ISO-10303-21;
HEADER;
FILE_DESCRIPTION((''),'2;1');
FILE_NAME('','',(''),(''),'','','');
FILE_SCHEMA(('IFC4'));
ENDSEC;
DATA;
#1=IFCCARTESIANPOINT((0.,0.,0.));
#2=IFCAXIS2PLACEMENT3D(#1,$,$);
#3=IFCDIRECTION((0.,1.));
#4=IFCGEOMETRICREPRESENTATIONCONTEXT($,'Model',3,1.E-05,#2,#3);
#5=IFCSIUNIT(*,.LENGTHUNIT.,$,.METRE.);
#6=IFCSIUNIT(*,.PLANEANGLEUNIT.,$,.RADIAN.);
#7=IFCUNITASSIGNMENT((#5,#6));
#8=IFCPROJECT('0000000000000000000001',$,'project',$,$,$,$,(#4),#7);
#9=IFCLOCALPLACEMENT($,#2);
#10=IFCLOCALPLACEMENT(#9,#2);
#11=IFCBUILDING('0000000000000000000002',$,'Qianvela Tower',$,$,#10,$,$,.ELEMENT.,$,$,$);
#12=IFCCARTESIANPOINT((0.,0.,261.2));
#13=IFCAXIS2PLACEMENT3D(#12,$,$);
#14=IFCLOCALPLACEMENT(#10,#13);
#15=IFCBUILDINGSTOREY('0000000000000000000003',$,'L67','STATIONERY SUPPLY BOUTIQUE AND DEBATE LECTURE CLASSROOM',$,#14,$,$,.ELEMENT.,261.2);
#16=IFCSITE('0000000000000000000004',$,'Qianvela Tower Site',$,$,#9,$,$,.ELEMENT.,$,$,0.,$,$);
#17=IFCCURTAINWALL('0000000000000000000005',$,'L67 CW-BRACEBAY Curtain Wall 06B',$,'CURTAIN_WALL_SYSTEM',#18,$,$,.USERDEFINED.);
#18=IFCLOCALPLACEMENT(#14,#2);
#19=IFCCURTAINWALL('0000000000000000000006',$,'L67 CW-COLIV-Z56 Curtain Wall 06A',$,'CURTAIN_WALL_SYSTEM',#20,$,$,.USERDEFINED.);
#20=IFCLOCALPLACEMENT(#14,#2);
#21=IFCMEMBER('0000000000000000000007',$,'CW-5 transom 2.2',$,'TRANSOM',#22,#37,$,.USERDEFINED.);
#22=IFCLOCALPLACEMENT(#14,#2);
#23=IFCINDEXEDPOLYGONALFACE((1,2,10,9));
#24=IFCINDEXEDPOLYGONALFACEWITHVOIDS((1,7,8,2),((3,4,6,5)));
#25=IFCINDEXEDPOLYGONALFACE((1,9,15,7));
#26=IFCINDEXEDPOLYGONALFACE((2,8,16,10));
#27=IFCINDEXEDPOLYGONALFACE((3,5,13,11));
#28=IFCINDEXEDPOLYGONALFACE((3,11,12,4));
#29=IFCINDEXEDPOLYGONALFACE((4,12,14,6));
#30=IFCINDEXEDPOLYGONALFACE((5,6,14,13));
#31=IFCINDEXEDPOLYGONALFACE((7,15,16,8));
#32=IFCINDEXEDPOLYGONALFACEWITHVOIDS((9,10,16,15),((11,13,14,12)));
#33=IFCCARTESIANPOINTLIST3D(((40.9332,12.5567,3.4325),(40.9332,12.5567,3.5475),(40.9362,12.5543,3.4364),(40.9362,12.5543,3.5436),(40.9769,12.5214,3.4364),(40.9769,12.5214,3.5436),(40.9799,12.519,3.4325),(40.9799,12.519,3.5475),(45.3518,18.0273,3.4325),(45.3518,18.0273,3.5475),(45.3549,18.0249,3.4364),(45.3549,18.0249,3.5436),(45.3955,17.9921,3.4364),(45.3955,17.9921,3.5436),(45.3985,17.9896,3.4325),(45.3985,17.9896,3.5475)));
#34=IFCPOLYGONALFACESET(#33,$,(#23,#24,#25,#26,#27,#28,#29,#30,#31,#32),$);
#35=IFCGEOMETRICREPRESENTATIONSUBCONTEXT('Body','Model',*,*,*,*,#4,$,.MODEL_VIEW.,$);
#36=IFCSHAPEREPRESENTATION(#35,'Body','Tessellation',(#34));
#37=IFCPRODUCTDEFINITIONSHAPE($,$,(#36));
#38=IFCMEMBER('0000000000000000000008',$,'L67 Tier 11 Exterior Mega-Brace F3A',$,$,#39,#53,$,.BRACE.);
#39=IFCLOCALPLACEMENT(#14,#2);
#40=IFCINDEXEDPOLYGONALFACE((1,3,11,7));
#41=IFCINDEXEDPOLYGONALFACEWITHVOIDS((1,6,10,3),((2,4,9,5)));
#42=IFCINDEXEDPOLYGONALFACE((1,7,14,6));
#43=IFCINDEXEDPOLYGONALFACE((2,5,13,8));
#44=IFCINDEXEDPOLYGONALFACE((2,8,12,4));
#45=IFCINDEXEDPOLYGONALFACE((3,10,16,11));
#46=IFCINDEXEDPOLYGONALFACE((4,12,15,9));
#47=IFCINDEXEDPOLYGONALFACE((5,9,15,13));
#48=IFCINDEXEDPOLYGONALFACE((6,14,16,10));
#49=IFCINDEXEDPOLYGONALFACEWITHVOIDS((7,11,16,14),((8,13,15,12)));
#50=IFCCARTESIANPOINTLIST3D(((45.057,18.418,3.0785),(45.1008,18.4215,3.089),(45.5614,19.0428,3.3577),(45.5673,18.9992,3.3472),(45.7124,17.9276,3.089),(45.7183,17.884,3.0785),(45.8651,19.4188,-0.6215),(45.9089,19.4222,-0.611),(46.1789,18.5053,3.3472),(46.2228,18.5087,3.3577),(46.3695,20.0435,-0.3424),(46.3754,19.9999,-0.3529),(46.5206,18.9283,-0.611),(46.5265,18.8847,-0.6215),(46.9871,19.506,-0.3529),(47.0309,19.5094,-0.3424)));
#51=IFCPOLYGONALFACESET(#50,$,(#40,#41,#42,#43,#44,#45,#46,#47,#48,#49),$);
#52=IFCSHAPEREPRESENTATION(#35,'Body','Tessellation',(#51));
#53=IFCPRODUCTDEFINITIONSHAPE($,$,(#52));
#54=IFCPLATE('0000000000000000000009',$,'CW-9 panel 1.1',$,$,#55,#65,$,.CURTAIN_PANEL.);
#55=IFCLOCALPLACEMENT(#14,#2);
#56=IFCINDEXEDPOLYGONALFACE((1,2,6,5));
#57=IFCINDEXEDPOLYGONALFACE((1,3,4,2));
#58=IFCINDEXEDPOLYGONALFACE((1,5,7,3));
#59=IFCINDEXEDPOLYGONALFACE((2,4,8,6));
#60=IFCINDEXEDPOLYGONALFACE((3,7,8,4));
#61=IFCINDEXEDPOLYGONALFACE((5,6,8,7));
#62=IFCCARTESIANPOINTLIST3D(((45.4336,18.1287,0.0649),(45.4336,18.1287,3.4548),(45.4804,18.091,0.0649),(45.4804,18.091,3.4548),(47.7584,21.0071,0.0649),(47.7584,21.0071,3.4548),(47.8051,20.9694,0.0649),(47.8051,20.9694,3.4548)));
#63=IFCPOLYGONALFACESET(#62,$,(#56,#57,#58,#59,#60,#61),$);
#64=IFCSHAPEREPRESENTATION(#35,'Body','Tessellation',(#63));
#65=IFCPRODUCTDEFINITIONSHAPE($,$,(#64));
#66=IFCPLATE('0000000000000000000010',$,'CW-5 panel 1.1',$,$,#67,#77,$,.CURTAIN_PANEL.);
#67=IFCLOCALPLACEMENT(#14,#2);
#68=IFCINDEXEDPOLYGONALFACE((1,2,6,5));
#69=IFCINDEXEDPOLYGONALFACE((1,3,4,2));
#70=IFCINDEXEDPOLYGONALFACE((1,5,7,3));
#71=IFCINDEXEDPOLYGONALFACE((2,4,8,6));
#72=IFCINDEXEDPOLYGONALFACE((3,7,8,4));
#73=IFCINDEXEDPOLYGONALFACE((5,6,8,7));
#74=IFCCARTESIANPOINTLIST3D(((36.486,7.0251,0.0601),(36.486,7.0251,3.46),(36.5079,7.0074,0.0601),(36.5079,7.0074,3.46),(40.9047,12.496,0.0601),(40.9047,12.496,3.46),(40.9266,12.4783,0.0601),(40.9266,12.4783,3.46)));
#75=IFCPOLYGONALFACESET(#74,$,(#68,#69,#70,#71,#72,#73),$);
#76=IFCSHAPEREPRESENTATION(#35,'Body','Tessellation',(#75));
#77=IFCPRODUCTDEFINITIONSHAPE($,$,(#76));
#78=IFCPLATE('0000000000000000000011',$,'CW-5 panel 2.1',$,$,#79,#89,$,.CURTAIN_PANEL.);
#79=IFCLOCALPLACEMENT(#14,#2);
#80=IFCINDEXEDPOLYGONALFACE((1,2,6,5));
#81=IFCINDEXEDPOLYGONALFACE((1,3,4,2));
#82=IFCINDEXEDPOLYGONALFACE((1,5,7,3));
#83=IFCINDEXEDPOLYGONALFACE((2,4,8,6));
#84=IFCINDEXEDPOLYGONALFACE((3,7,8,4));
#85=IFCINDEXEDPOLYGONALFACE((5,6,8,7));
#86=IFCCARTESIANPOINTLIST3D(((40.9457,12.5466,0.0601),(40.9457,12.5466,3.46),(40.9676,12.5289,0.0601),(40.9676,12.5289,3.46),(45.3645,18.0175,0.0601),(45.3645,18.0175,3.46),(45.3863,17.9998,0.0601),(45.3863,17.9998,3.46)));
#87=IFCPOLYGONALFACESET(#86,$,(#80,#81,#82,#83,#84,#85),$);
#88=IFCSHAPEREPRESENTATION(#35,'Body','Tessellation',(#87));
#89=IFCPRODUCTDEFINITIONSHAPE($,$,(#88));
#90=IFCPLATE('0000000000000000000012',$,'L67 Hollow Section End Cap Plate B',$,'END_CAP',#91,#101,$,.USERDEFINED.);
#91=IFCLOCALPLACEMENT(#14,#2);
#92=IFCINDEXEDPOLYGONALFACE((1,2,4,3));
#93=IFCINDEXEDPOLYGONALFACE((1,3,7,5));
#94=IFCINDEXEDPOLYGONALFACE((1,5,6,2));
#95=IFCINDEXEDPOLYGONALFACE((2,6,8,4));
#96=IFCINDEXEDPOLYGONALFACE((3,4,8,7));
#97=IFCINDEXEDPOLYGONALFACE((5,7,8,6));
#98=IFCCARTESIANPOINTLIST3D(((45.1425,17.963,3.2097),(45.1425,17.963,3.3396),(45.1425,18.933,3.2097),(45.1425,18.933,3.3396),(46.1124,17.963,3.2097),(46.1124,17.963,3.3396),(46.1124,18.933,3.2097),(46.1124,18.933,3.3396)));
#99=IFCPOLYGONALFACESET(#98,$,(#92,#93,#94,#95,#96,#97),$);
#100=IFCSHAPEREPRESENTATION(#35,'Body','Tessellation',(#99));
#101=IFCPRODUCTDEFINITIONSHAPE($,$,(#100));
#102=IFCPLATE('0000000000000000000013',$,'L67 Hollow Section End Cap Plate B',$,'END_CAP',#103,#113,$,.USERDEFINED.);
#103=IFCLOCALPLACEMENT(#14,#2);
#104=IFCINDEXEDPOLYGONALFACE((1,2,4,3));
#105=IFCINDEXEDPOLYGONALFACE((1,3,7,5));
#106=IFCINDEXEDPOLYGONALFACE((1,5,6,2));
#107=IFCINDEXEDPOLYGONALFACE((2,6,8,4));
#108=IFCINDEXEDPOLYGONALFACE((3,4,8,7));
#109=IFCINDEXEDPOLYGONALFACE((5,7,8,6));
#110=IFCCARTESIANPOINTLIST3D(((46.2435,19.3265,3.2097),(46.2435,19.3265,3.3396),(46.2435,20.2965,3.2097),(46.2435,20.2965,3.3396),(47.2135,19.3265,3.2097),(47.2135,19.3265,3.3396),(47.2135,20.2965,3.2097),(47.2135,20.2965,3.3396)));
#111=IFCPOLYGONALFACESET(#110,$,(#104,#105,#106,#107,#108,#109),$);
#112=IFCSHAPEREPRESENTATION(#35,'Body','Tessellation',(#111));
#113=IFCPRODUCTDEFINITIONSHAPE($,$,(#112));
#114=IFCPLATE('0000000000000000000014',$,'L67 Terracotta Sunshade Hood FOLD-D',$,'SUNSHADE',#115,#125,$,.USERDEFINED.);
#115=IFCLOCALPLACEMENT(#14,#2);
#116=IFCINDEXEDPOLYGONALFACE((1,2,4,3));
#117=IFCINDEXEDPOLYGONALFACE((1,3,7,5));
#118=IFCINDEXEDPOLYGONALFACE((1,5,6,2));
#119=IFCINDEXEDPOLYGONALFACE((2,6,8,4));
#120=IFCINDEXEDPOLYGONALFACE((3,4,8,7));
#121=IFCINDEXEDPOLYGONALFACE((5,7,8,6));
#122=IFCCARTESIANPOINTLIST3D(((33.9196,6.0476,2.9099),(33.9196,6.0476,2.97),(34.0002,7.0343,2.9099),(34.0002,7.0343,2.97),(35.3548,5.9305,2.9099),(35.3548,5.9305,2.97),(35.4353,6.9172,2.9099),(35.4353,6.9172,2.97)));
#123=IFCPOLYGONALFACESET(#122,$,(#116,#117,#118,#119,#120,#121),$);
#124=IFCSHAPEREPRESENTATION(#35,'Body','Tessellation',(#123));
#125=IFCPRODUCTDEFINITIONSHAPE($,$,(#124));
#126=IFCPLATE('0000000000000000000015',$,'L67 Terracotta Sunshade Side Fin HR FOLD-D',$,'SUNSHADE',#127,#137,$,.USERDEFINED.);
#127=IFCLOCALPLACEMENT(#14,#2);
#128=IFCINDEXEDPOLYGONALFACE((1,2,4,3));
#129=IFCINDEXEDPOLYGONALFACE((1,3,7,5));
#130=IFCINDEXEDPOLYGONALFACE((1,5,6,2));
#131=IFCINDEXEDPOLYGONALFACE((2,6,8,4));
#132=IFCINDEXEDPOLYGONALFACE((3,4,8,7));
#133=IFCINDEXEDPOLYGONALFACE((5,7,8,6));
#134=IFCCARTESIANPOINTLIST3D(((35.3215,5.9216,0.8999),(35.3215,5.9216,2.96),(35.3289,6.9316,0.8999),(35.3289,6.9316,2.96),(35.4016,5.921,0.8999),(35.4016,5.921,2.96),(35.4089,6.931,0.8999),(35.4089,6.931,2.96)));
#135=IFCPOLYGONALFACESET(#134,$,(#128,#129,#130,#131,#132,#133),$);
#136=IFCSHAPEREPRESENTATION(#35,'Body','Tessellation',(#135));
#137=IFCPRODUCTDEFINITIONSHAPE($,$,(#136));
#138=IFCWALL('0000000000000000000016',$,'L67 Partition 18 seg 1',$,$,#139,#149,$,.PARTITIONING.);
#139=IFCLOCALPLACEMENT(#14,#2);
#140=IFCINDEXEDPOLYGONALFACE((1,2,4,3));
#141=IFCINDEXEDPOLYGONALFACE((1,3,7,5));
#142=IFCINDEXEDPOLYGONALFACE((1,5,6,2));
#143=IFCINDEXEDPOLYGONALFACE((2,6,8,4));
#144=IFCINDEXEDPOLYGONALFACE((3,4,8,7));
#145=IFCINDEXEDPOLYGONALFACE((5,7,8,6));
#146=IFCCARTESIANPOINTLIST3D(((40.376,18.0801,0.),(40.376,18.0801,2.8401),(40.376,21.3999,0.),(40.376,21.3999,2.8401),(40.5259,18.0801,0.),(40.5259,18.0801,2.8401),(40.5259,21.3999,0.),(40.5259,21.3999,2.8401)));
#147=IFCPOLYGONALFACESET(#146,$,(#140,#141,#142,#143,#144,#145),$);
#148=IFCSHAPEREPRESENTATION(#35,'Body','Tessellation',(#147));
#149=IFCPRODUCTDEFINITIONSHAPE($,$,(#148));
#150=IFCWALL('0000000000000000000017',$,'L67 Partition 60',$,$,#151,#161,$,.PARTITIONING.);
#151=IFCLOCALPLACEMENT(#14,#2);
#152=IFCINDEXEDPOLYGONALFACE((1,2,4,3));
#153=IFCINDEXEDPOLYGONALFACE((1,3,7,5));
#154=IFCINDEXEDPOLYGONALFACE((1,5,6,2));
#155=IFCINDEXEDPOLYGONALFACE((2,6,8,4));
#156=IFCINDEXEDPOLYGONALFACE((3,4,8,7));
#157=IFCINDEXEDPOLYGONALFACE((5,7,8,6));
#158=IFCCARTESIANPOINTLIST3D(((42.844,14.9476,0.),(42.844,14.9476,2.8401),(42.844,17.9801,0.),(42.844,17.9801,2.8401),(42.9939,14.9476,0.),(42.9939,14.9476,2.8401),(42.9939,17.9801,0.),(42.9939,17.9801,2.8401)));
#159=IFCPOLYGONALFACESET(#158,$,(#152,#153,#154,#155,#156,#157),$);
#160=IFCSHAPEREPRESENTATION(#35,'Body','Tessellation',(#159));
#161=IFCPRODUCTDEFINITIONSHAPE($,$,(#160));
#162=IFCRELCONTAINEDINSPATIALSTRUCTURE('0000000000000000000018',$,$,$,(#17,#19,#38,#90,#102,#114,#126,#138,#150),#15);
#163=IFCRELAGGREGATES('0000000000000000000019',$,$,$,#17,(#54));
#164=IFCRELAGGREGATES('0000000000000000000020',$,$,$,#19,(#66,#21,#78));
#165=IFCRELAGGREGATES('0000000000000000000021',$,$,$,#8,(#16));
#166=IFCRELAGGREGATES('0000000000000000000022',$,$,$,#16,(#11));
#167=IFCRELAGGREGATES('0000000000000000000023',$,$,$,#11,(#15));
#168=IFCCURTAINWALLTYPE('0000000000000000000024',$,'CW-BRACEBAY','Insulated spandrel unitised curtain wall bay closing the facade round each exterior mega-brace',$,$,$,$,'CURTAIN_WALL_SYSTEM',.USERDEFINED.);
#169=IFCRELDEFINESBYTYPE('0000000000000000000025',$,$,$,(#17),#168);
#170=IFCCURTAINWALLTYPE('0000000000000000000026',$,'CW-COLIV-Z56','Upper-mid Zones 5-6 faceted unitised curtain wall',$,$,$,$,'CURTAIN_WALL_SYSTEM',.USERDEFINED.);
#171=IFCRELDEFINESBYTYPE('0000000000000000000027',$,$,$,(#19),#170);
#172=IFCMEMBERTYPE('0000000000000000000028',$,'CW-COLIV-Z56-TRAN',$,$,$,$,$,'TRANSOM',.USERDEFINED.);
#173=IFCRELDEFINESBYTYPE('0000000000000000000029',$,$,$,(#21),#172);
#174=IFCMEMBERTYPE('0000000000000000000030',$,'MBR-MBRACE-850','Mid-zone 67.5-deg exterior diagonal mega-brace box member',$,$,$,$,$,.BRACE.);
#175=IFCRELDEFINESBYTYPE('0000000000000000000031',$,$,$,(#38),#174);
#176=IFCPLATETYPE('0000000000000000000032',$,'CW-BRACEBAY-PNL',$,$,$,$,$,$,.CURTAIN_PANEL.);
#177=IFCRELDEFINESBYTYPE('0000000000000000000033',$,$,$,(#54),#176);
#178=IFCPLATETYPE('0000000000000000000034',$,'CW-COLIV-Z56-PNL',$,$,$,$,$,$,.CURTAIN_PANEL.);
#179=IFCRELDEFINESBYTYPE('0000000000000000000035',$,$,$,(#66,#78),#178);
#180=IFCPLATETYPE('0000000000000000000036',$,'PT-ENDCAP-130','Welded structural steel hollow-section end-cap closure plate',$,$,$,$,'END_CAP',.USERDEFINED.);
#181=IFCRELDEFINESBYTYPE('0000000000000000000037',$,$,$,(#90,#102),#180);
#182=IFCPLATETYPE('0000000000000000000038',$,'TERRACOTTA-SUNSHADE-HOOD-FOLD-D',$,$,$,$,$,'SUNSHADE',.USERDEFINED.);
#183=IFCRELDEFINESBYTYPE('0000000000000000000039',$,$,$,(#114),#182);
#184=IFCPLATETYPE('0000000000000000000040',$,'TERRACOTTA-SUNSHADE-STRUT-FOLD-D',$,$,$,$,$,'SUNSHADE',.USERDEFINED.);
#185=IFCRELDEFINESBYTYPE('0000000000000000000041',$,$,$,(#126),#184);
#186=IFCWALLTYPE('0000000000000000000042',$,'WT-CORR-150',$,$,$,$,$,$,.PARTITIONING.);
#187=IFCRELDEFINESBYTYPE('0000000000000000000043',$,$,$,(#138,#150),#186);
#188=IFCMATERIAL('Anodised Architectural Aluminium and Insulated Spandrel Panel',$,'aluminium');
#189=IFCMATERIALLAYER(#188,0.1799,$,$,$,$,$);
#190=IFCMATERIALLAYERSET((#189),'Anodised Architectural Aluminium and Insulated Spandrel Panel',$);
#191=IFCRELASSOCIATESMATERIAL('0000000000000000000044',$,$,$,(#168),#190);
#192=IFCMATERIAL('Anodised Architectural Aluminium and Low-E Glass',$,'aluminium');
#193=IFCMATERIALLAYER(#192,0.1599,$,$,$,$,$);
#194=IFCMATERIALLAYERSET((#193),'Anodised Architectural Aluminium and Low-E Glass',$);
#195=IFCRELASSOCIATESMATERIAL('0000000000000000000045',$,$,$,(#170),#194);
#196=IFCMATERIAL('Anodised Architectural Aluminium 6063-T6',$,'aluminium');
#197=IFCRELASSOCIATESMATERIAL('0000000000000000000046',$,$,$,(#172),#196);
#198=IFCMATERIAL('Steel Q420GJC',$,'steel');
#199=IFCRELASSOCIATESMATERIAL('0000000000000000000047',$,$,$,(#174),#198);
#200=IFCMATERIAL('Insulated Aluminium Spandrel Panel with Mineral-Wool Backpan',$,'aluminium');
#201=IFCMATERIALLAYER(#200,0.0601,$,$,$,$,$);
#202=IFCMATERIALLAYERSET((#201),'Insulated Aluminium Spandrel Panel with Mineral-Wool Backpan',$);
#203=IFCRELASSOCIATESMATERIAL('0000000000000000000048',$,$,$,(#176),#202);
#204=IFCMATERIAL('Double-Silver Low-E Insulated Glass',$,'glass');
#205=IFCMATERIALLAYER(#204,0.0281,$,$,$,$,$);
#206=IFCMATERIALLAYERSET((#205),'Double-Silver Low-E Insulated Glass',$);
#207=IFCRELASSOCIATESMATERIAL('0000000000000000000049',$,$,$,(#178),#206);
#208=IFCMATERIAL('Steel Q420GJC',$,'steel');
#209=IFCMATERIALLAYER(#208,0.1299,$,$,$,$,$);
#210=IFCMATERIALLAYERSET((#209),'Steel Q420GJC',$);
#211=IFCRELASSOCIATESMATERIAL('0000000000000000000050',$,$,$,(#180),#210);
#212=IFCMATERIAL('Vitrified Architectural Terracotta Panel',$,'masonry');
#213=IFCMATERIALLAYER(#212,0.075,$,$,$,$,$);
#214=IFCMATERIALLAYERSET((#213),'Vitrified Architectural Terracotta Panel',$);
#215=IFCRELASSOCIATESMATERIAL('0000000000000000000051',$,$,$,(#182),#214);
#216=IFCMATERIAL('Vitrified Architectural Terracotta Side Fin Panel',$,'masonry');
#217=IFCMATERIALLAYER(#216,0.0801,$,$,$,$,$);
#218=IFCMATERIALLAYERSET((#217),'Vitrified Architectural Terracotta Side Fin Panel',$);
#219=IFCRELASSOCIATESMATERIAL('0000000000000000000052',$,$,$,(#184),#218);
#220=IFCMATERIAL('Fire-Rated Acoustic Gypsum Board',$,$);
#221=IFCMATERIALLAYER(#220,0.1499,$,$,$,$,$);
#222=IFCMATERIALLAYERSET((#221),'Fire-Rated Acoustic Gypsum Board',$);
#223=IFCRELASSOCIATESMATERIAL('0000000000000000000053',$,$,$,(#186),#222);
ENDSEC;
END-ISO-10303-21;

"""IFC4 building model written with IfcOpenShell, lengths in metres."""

from ifc_helpers import new_model, si_unit, direction, frame, frame_2d, origin, origin_2d, place, context, subcontext, project, spatial, rectangle, hollow_rectangle, extrude, material, layer, layer_set, material_profile, profile_set, type_object, element, aggregate, save


model = new_model("IFC4")

# Units and contexts
model_context = context("Model", 3, precision=1e-05, world=origin(), true_north=direction((0.0, 1.0)))
body_context = subcontext(model_context, "Body", "Model", "MODEL_VIEW")
ifc_project = project(units=[si_unit("LENGTHUNIT", "METRE"), si_unit("PLANEANGLEUNIT", "RADIAN")], contexts=[model_context])

# Site, building, storey
site_placement = place(None, origin())
site = spatial("IfcSite", under=ifc_project, at=site_placement, Name="Qianvela Tower Site", CompositionType="ELEMENT", RefElevation=0.0)
building_placement = place(site_placement, origin())
building = spatial("IfcBuilding", under=site, at=building_placement, Name="Qianvela Tower", CompositionType="ELEMENT")
storey_placement = place(building_placement, frame((0.0, 0.0, 261.2)))
storey = spatial("IfcBuildingStorey", under=building, at=storey_placement, Name="L67", Description="STATIONERY SUPPLY BOUTIQUE AND DEBATE LECTURE CLASSROOM", CompositionType="ELEMENT", Elevation=261.2)

# Curtain walls, member
ifc_material_1 = material(Name="Anodised Architectural Aluminium and Insulated Spandrel Panel", Category="aluminium")
ifc_layer_1 = layer(ifc_material_1, 0.1799)
ifc_layer_set_1 = layer_set([ifc_layer_1], Name="Anodised Architectural Aluminium and Insulated Spandrel Panel")
curtain_wall_type_1 = type_object("IfcCurtainWallType", Name="CW-BRACEBAY", Description="Insulated spandrel unitised curtain wall bay closing the facade round each exterior mega-brace", ElementType="CURTAIN_WALL_SYSTEM", PredefinedType="USERDEFINED", material=ifc_layer_set_1)
curtain_wall_1_placement = place(storey_placement, origin())
curtain_wall_1 = element("IfcCurtainWall", 1, at=curtain_wall_1_placement, inside=storey, type_object=curtain_wall_type_1, Name="L67 CW-BRACEBAY Curtain Wall 06B", ObjectType="CURTAIN_WALL_SYSTEM", PredefinedType="USERDEFINED")
ifc_material_2 = material(Name="Anodised Architectural Aluminium and Low-E Glass", Category="aluminium")
ifc_layer_2 = layer(ifc_material_2, 0.1599)
ifc_layer_set_2 = layer_set([ifc_layer_2], Name="Anodised Architectural Aluminium and Low-E Glass")
curtain_wall_type_2 = type_object("IfcCurtainWallType", Name="CW-COLIV-Z56", Description="Upper-mid Zones 5-6 faceted unitised curtain wall", ElementType="CURTAIN_WALL_SYSTEM", PredefinedType="USERDEFINED", material=ifc_layer_set_2)
curtain_wall_2_placement = place(storey_placement, origin())
curtain_wall_2 = element("IfcCurtainWall", 2, at=curtain_wall_2_placement, inside=storey, type_object=curtain_wall_type_2, Name="L67 CW-COLIV-Z56 Curtain Wall 06A", ObjectType="CURTAIN_WALL_SYSTEM", PredefinedType="USERDEFINED")
ifc_material_3 = material(Name="Anodised Architectural Aluminium 6063-T6", Category="aluminium")
ifc_material_profile_1 = material_profile(ifc_material_3, hollow_rectangle(XDim=0.0601, YDim=0.115, WallThickness=0.0039, at=origin_2d()), Name="ALU-TRAN-60x115")
ifc_profile_set_1 = profile_set([ifc_material_profile_1], Name="Anodised Architectural Aluminium 6063-T6")
member_type_1 = type_object("IfcMemberType", Name="CW-COLIV-Z56-TRAN", ElementType="TRANSOM", PredefinedType="USERDEFINED", material=ifc_profile_set_1)
member_1_placement = place(storey_placement, frame((40.9565, 12.5378, 3.49), z_axis=(0.628342, 0.777937, 0.0), x_axis=(-0.777937, 0.628342, 0.0)))
member_1 = element("IfcMember", 3, at=member_1_placement, type_object=member_type_1, Name="CW-5 transom 2.2", ObjectType="TRANSOM", PredefinedType="USERDEFINED", context=body_context, shape_type="SweptSolid", body=[
    extrude(hollow_rectangle(XDim=0.0601, YDim=0.115, WallThickness=0.0039, at=origin_2d()), origin(), (0.0, 0.0, 1.0), 7.0322),
])

# Member
ifc_material_4 = material(Name="Steel Q420GJC", Category="steel")
ifc_material_profile_2 = material_profile(ifc_material_4, hollow_rectangle(XDim=0.8501, YDim=0.8501, WallThickness=0.032, at=origin_2d()), Name="MBOX-850x850x32")
ifc_profile_set_2 = profile_set([ifc_material_profile_2], Name="Steel Q420GJC")
member_type_2 = type_object("IfcMemberType", Name="MBR-MBRACE-850", Description="Mid-zone 67.5-deg exterior diagonal mega-brace box member", PredefinedType="BRACE", material=ifc_profile_set_2)
member_2_placement = place(storey_placement, frame((46.448, 19.4641, -0.4819), z_axis=(-0.206299, -0.255474, 0.94455), x_axis=(0.778009, -0.628253, 0.0)))
element("IfcMember", 4, at=member_2_placement, inside=storey, type_object=member_type_2, Name="L67 Tier 11 Exterior Mega-Brace F3A", PredefinedType="BRACE", context=body_context, shape_type="SweptSolid", body=[
    extrude(hollow_rectangle(XDim=0.8501, YDim=0.8501, WallThickness=0.032, at=origin_2d()), origin(), (0.0, 0.0, 1.0), 3.9172),
])

# Plates
ifc_material_5 = material(Name="Insulated Aluminium Spandrel Panel with Mineral-Wool Backpan", Category="aluminium")
ifc_layer_3 = layer(ifc_material_5, 0.0601)
ifc_layer_set_3 = layer_set([ifc_layer_3], Name="Insulated Aluminium Spandrel Panel with Mineral-Wool Backpan")
plate_type_1 = type_object("IfcPlateType", Name="CW-BRACEBAY-PNL", PredefinedType="CURTAIN_PANEL", material=ifc_layer_set_3)
plate_1_placement = place(storey_placement, frame((46.6194, 19.5491, 0.0649), z_axis=(0.0, 0.0, 1.0), x_axis=(0.628321, 0.777954, 0.0)))
plate_1 = element("IfcPlate", 5, at=plate_1_placement, type_object=plate_type_1, Name="CW-9 panel 1.1", PredefinedType="CURTAIN_PANEL", context=body_context, shape_type="SweptSolid", body=[
    extrude(rectangle(XDim=3.7, YDim=0.0601, at=origin_2d()), origin(), (0.0, 0.0, 1.0), 3.3899),
])
aggregate(curtain_wall_1, [plate_1])
ifc_material_6 = material(Name="Double-Silver Low-E Insulated Glass", Category="glass")
ifc_layer_4 = layer(ifc_material_6, 0.0281)
ifc_layer_set_4 = layer_set([ifc_layer_4], Name="Double-Silver Low-E Insulated Glass")
plate_type_2 = type_object("IfcPlateType", Name="CW-COLIV-Z56-PNL", PredefinedType="CURTAIN_PANEL", material=ifc_layer_set_4)
plate_2_placement = place(storey_placement, frame((38.7063, 9.7517, 0.0601), z_axis=(0.0, 0.0, 1.0), x_axis=(0.628331, 0.777946, 0.0)))
plate_2 = element("IfcPlate", 6, at=plate_2_placement, type_object=plate_type_2, Name="CW-5 panel 1.1", PredefinedType="CURTAIN_PANEL", context=body_context, shape_type="SweptSolid", body=[
    extrude(rectangle(XDim=7.0325, YDim=0.0281, at=origin_2d()), origin(), (0.0, 0.0, 1.0), 3.3999),
])
plate_3_placement = place(storey_placement, frame((43.166, 15.2732, 0.0601), z_axis=(0.0, 0.0, 1.0), x_axis=(0.628331, 0.777946, 0.0)))
plate_3 = element("IfcPlate", 7, at=plate_3_placement, type_object=plate_type_2, Name="CW-5 panel 2.1", PredefinedType="CURTAIN_PANEL", context=body_context, shape_type="SweptSolid", body=[
    extrude(rectangle(XDim=7.0325, YDim=0.0281, at=origin_2d()), origin(), (0.0, 0.0, 1.0), 3.3999),
])
aggregate(curtain_wall_2, [plate_2, member_1, plate_3])

# Plates
ifc_material_7 = material(Name="Steel Q420GJC", Category="steel")
ifc_layer_5 = layer(ifc_material_7, 0.1299)
ifc_layer_set_5 = layer_set([ifc_layer_5], Name="Steel Q420GJC")
plate_type_3 = type_object("IfcPlateType", Name="PT-ENDCAP-130", Description="Welded structural steel hollow-section end-cap closure plate", ElementType="END_CAP", PredefinedType="USERDEFINED", material=ifc_layer_set_5)
for number, where, z_axis, x_axis, name in (
    (8, (45.6274, 18.448, 3.2097), (0.0, 0.0, 1.0), (1.0, 0.0, 0.0), "L67 Hollow Section End Cap Plate B"),
    (9, (46.7285, 19.8115, 3.2097), (0.0, 0.0, 1.0), (1.0, 0.0, 0.0), "L67 Hollow Section End Cap Plate B"),
):
    element("IfcPlate", number, at=place(storey_placement, frame(where, z_axis=z_axis, x_axis=x_axis)), inside=storey, type_object=plate_type_3, Name=name, ObjectType="END_CAP", PredefinedType="USERDEFINED", context=body_context, shape_type="SweptSolid", body=[
        extrude(rectangle(XDim=0.97, YDim=0.97, at=origin_2d()), origin(), (0.0, 0.0, 1.0), 0.1299),
    ])
ifc_material_8 = material(Name="Vitrified Architectural Terracotta Panel", Category="masonry")
ifc_layer_6 = layer(ifc_material_8, 0.075)
ifc_layer_set_6 = layer_set([ifc_layer_6], Name="Vitrified Architectural Terracotta Panel")
plate_type_4 = type_object("IfcPlateType", Name="TERRACOTTA-SUNSHADE-HOOD-FOLD-D", ElementType="SUNSHADE", PredefinedType="USERDEFINED", material=ifc_layer_set_6)
plate_4_placement = place(storey_placement, frame((34.6775, 6.4824, 2.9099), z_axis=(0.0, 0.0, 1.0), x_axis=(0.996686, -0.08134, 0.0)))
element("IfcPlate", 10, at=plate_4_placement, inside=storey, type_object=plate_type_4, Name="L67 Terracotta Sunshade Hood FOLD-D", ObjectType="SUNSHADE", PredefinedType="USERDEFINED", context=body_context, shape_type="SweptSolid", body=[
    extrude(rectangle(XDim=1.4399, YDim=0.99, at=origin_2d()), origin(), (0.0, 0.0, 1.0), 0.0601),
])
ifc_material_9 = material(Name="Vitrified Architectural Terracotta Side Fin Panel", Category="masonry")
ifc_layer_7 = layer(ifc_material_9, 0.0801)
ifc_layer_set_7 = layer_set([ifc_layer_7], Name="Vitrified Architectural Terracotta Side Fin Panel")
plate_type_5 = type_object("IfcPlateType", Name="TERRACOTTA-SUNSHADE-STRUT-FOLD-D", ElementType="SUNSHADE", PredefinedType="USERDEFINED", material=ifc_layer_set_7)
plate_5_placement = place(storey_placement, frame((35.3652, 6.4263, 0.8999), z_axis=(0.0, 0.0, 1.0), x_axis=(0.999974, -0.007254, 0.0)))
element("IfcPlate", 11, at=plate_5_placement, inside=storey, type_object=plate_type_5, Name="L67 Terracotta Sunshade Side Fin HR FOLD-D", ObjectType="SUNSHADE", PredefinedType="USERDEFINED", context=body_context, shape_type="SweptSolid", body=[
    extrude(rectangle(XDim=0.0801, YDim=1.01, at=origin_2d()), origin(), (0.0, 0.0, 1.0), 2.0601),
])

# Shared definitions
ifc_material_10 = material(Name="Fire-Rated Acoustic Gypsum Board")
ifc_layer_8 = layer(ifc_material_10, 0.1499)
ifc_layer_set_8 = layer_set([ifc_layer_8], Name="Fire-Rated Acoustic Gypsum Board")
wall_type_1 = type_object("IfcWallType", Name="WT-CORR-150", PredefinedType="PARTITIONING", material=ifc_layer_set_8)

# Walls
wall_1_placement = place(storey_placement, frame((40.4509, 18.0801, 0.0), z_axis=(0.0, 0.0, 1.0), x_axis=(0.0, 1.0, 0.0)))
element("IfcWall", 12, at=wall_1_placement, inside=storey, type_object=wall_type_1, Name="L67 Partition 18 seg 1", PredefinedType="PARTITIONING", context=body_context, shape_type="SweptSolid", body=[
    extrude(rectangle(XDim=3.3198, YDim=0.1499, at=frame_2d((1.6599, 0.0))), origin(), (0.0, 0.0, 1.0), 2.8401),
])
wall_2_placement = place(storey_placement, frame((42.9189, 17.98, 0.0), z_axis=(0.0, 0.0, 1.0), x_axis=(0.0, -1.0, 0.0)))
element("IfcWall", 13, at=wall_2_placement, inside=storey, type_object=wall_type_1, Name="L67 Partition 60", PredefinedType="PARTITIONING", context=body_context, shape_type="SweptSolid", body=[
    extrude(rectangle(XDim=3.0325, YDim=0.1499, at=frame_2d((1.5161, 0.0))), origin(), (0.0, 0.0, 1.0), 2.8401),
])

save(model, "model.ifc")
